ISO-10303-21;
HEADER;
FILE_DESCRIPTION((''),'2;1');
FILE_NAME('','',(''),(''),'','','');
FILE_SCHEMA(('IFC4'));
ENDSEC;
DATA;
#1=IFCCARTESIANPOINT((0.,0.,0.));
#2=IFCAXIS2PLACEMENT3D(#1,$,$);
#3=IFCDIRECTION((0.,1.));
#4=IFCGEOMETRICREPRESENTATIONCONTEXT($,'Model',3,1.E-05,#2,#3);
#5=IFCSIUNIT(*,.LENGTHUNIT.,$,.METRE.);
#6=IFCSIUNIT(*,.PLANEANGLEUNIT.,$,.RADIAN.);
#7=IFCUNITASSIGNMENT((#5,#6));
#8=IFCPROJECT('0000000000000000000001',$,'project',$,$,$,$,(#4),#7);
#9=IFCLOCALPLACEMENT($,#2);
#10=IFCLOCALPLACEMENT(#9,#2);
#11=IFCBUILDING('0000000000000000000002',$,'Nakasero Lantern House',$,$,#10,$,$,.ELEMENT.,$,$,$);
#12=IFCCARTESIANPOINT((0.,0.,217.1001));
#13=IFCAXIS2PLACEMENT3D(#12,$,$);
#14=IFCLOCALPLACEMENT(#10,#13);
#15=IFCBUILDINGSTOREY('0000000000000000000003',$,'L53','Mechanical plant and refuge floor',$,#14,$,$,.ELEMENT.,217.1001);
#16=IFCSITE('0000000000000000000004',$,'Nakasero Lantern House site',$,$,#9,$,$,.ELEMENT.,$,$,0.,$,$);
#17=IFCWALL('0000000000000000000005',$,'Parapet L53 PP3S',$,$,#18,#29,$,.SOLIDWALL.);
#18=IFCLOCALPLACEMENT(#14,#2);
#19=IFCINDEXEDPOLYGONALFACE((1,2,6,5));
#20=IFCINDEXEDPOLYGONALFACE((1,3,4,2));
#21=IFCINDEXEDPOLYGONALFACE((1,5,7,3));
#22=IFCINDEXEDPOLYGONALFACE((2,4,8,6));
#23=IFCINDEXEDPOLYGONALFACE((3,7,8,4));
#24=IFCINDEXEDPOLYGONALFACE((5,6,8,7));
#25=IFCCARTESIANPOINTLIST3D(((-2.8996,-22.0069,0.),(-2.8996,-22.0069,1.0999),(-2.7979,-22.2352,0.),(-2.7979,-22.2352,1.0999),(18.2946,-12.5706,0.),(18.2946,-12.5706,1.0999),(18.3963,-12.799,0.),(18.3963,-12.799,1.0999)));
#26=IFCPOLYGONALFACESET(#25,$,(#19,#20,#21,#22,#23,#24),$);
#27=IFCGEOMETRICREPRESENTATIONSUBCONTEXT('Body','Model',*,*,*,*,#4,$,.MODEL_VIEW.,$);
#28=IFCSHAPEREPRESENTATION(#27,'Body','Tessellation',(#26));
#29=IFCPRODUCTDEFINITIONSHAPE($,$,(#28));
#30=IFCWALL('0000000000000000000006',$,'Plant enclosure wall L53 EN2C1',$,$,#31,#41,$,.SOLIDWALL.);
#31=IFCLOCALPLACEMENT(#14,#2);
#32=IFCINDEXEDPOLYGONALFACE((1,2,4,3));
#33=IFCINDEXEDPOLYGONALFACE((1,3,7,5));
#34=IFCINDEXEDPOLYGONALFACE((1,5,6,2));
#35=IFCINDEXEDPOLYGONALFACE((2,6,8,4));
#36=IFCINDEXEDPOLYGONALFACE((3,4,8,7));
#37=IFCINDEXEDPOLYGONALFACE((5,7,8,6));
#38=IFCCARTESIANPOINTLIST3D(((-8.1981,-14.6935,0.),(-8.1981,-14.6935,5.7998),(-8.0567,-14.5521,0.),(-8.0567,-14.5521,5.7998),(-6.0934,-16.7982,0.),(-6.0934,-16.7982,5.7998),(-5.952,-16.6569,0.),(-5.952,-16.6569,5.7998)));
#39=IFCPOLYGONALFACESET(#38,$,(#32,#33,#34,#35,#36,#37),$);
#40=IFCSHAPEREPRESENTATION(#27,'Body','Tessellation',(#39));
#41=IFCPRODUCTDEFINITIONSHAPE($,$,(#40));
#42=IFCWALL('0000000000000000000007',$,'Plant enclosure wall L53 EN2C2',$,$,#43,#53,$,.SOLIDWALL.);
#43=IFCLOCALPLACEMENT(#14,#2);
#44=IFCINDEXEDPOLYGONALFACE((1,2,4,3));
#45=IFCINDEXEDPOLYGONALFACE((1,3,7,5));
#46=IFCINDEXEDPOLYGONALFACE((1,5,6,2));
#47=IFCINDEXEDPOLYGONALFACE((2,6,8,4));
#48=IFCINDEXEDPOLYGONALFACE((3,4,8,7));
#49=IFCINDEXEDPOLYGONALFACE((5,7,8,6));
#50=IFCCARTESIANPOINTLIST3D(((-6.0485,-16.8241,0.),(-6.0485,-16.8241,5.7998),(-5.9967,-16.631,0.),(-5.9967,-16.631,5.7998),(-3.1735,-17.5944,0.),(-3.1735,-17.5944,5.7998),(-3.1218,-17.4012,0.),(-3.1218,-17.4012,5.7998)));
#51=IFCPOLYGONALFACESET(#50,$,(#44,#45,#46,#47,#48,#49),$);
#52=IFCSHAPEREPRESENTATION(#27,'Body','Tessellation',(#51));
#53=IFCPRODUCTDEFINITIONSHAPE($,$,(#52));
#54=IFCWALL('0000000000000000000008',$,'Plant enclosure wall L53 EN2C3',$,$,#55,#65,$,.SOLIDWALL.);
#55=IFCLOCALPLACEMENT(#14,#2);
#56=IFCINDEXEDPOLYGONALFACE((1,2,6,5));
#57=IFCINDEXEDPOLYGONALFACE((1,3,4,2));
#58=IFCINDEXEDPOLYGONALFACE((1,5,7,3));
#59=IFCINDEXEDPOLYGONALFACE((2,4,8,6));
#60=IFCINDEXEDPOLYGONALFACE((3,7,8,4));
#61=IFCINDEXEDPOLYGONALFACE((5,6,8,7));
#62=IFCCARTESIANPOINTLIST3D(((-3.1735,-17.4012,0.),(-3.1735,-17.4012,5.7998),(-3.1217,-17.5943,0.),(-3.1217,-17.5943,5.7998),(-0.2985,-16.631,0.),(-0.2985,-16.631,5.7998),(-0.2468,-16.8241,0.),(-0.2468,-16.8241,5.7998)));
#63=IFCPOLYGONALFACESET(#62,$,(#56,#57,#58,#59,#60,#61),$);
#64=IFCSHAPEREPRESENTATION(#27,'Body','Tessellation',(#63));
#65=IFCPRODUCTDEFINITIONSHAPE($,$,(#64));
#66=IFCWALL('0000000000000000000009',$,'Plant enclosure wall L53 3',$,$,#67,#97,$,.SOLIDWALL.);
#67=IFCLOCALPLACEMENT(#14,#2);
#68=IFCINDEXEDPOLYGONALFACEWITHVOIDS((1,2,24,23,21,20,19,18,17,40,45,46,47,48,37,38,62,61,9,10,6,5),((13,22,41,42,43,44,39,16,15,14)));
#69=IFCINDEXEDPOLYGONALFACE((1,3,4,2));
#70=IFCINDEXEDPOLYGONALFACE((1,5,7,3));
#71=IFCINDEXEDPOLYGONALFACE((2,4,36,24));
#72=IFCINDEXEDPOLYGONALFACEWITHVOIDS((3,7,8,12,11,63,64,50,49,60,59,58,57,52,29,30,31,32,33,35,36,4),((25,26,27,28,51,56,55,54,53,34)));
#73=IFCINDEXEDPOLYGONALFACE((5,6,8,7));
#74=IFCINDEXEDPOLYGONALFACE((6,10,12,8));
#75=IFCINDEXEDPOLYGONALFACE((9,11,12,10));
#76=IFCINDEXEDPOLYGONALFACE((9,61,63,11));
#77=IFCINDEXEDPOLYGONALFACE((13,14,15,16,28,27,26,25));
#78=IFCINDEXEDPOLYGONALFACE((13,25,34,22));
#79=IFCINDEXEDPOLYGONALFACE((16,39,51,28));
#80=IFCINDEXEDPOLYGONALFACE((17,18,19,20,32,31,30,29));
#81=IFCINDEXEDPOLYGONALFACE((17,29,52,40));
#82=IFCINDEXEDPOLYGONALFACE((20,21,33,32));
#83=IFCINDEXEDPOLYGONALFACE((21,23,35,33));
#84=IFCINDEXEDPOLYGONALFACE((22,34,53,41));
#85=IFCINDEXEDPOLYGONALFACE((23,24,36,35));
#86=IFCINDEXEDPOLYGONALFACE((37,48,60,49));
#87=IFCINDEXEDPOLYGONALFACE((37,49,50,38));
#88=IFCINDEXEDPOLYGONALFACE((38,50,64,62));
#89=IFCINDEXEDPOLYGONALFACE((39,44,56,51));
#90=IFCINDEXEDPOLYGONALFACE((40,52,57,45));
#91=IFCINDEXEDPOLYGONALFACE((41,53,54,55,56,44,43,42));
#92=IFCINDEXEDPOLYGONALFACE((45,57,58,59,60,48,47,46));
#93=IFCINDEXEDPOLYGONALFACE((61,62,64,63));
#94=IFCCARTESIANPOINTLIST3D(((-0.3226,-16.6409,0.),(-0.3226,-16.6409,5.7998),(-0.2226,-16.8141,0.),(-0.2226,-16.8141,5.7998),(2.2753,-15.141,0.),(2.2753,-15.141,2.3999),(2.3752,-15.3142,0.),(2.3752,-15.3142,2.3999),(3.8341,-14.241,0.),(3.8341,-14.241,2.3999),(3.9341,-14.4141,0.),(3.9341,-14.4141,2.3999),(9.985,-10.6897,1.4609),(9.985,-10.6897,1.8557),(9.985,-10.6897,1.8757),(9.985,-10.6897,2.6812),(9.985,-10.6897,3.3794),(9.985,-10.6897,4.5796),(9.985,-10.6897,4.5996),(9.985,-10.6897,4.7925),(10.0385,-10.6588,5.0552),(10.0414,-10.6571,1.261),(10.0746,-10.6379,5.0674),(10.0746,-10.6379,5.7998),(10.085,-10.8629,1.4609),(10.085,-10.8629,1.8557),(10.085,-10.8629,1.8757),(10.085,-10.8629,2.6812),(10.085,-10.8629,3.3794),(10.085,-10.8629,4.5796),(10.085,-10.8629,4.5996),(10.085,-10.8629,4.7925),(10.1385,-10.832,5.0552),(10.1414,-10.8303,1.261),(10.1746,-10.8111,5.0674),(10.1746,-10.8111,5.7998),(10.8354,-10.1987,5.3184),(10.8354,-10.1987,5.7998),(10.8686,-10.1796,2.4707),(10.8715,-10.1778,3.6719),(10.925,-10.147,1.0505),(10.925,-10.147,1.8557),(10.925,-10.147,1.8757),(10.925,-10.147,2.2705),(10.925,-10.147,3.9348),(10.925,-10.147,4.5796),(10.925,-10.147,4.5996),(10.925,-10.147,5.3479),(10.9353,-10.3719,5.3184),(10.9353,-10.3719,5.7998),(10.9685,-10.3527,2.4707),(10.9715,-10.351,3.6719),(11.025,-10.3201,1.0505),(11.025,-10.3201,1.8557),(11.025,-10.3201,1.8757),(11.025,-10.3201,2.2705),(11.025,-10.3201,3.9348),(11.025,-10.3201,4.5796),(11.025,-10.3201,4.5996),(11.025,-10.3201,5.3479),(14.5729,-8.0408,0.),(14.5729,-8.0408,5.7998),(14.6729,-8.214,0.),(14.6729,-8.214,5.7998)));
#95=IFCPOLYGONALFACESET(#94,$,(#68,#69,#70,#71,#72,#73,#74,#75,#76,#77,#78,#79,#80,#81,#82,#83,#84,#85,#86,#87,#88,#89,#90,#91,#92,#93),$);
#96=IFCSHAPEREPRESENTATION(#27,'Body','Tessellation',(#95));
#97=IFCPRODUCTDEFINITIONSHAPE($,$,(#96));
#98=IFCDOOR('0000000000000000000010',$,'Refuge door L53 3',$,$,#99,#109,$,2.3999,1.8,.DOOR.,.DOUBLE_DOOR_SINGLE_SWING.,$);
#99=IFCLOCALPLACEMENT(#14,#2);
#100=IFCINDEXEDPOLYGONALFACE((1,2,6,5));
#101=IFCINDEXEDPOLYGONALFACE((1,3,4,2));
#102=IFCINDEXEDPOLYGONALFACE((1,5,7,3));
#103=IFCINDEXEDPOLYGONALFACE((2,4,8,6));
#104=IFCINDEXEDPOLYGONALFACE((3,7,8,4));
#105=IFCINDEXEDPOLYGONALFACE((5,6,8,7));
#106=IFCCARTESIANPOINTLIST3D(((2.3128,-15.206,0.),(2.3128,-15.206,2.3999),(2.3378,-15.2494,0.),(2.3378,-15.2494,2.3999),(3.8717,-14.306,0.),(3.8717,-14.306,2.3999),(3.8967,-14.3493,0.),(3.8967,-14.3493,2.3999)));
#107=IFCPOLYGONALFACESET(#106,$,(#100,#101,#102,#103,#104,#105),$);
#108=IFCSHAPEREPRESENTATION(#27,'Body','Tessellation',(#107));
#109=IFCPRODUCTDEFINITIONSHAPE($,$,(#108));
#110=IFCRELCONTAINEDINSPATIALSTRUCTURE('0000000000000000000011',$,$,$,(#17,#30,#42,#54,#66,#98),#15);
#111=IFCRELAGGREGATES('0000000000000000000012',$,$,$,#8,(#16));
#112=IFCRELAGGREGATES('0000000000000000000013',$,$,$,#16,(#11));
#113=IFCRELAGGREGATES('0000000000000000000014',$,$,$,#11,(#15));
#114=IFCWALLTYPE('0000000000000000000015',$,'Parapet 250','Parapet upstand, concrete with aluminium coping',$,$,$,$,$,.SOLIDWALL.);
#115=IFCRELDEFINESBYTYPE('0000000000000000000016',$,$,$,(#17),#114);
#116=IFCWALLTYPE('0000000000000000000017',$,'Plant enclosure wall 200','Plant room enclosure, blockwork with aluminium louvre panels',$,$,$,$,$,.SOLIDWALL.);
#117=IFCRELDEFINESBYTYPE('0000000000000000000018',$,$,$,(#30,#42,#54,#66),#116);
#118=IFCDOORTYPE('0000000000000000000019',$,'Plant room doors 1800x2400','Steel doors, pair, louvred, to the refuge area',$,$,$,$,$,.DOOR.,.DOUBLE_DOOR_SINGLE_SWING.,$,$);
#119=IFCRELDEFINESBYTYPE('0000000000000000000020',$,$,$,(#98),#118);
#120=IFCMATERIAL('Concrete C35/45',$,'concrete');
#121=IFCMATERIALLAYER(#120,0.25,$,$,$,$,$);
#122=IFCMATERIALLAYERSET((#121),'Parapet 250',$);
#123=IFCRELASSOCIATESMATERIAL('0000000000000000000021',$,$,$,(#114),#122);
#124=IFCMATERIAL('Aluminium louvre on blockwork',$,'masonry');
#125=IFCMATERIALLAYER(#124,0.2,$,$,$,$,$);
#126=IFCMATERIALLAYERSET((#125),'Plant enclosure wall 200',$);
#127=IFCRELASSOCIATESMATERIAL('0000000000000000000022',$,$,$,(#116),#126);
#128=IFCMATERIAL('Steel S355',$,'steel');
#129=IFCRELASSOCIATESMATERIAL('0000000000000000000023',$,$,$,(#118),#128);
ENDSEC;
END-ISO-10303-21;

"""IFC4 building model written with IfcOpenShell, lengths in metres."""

from ifc_helpers import new_model, si_unit, direction, frame, frame_2d, origin, place, context, subcontext, project, spatial, polyline, rectangle, outline, extrude, material, layer, layer_set, type_object, element, fill, save


model = new_model("IFC4")

# Units and contexts
model_context = context("Model", 3, precision=1e-05, world=origin(), true_north=direction((0.0, 1.0)))
body_context = subcontext(model_context, "Body", "Model", "MODEL_VIEW")
ifc_project = project(units=[si_unit("LENGTHUNIT", "METRE"), si_unit("PLANEANGLEUNIT", "RADIAN")], contexts=[model_context])

# Site, building, storey
site_placement = place(None, origin())
site = spatial("IfcSite", under=ifc_project, at=site_placement, Name="Nakasero Lantern House site", CompositionType="ELEMENT", RefElevation=0.0)
building_placement = place(site_placement, origin())
building = spatial("IfcBuilding", under=site, at=building_placement, Name="Nakasero Lantern House", CompositionType="ELEMENT")
storey_placement = place(building_placement, frame((0.0, 0.0, 217.1001)))
storey = spatial("IfcBuildingStorey", under=building, at=storey_placement, Name="L53", Description="Mechanical plant and refuge floor", CompositionType="ELEMENT", Elevation=217.1001)

# Walls
ifc_material_1 = material(Name="Concrete C35/45", Category="concrete")
ifc_layer_1 = layer(ifc_material_1, 0.25)
ifc_layer_set_1 = layer_set([ifc_layer_1], Name="Parapet 250")
wall_type_1 = type_object("IfcWallType", Name="Parapet 250", Description="Parapet upstand, concrete with aluminium coping", PredefinedType="SOLIDWALL", material=ifc_layer_set_1)
wall_1_placement = place(storey_placement, frame((-2.8489, -22.1211, 0.0), z_axis=(0.0, 0.0, 1.0), x_axis=(0.913546, 0.406735, 0.0)))
element("IfcWall", 1, at=wall_1_placement, inside=storey, type_object=wall_type_1, Name="Parapet L53 PP3S", PredefinedType="SOLIDWALL", context=body_context, shape_type="SweptSolid", body=[
    extrude(rectangle(XDim=23.2, YDim=0.25, at=frame_2d((11.6001, 0.0))), origin(), (0.0, 0.0, 1.0), 1.0999),
])
ifc_material_2 = material(Name="Aluminium louvre on blockwork", Category="masonry")
ifc_layer_2 = layer(ifc_material_2, 0.2)
ifc_layer_set_2 = layer_set([ifc_layer_2], Name="Plant enclosure wall 200")
wall_type_2 = type_object("IfcWallType", Name="Plant enclosure wall 200", Description="Plant room enclosure, blockwork with aluminium louvre panels", PredefinedType="SOLIDWALL", material=ifc_layer_set_2)
wall_2_placement = place(storey_placement, frame((-8.1274, -14.6228, 0.0), z_axis=(0.0, 0.0, 1.0), x_axis=(0.707107, -0.707107, 0.0)))
element("IfcWall", 2, at=wall_2_placement, inside=storey, type_object=wall_type_2, Name="Plant enclosure wall L53 EN2C1", PredefinedType="SOLIDWALL", context=body_context, shape_type="SweptSolid", body=[
    extrude(rectangle(XDim=2.9766, YDim=0.2, at=frame_2d((1.4883, 0.0))), origin(), (0.0, 0.0, 1.0), 5.7998),
])
for number, where, z_axis, x_axis, name in (
    (3, (-6.0227, -16.7275, 0.0), (0.0, 0.0, 1.0), (0.965933, -0.258791, 0.0), "Plant enclosure wall L53 EN2C2"),
    (4, (-3.1477, -17.4978, 0.0), (0.0, 0.0, 1.0), (0.965933, 0.258791, 0.0), "Plant enclosure wall L53 EN2C3"),
):
    element("IfcWall", number, at=place(storey_placement, frame(where, z_axis=z_axis, x_axis=x_axis)), inside=storey, type_object=wall_type_2, Name=name, PredefinedType="SOLIDWALL", context=body_context, shape_type="SweptSolid", body=[
        extrude(rectangle(XDim=2.9763, YDim=0.2, at=frame_2d((1.4883, 0.0))), origin(), (0.0, 0.0, 1.0), 5.7998),
    ])

# Wall, openings, door
wall_3_placement = place(storey_placement, frame((-0.2727, -16.7275, 0.0), z_axis=(0.0, 0.0, 1.0), x_axis=(0.866021, 0.500008, 0.0)))
wall_3 = element("IfcWall", 5, at=wall_3_placement, inside=storey, type_object=wall_type_2, Name="Plant enclosure wall L53 3", PredefinedType="SOLIDWALL", context=body_context, shape_type="SweptSolid", body=[
    extrude(rectangle(XDim=17.2, YDim=0.2, at=frame_2d((8.6001, 0.0))), origin(), (0.0, 0.0, 1.0), 5.7998),
])
opening_1_placement = place(wall_3_placement, frame((3.0, 0.0, 0.0)))
opening_1 = element("IfcOpeningElement", 6, at=opening_1_placement, cuts=wall_3, PredefinedType="OPENING", context=body_context, shape_type="SweptSolid", body=[
    extrude(rectangle(XDim=1.8, YDim=2.3999, at=frame_2d((0.8999, 1.2))), frame((0.0, 0.1199, 0.0), z_axis=(0.0, -1.0, 0.0), x_axis=(1.0, 0.0, 0.0)), (0.0, 0.0, 1.0), 0.24),
])
opening_2_placement = place(wall_3_placement, origin())
element("IfcOpeningElement", 7, at=opening_2_placement, cuts=wall_3, PredefinedType="OPENING", context=body_context, shape_type="SweptSolid", body=[
    extrude(outline(polyline([(11.9023, 1.8757), (11.9023, 1.4609), (11.9675, 1.261), (12.9878, 1.0505), (12.9878, 1.8757), (11.9023, 1.8757)])), frame((0.0, 0.1199, 0.0), z_axis=(0.0, -1.0, 0.0), x_axis=(1.0, 0.0, 0.0)), (0.0, 0.0, 1.0), 0.24),
])
opening_3_placement = place(wall_3_placement, origin())
element("IfcOpeningElement", 8, at=opening_3_placement, cuts=wall_3, PredefinedType="OPENING", context=body_context, shape_type="SweptSolid", body=[
    extrude(outline(polyline([(11.9023, 2.6812), (11.9023, 1.8557), (12.9878, 1.8557), (12.9878, 2.2705), (12.9226, 2.4707), (11.9023, 2.6812)])), frame((0.0, 0.1199, 0.0), z_axis=(0.0, -1.0, 0.0), x_axis=(1.0, 0.0, 0.0)), (0.0, 0.0, 1.0), 0.24),
])
opening_4_placement = place(wall_3_placement, origin())
element("IfcOpeningElement", 9, at=opening_4_placement, cuts=wall_3, PredefinedType="OPENING", context=body_context, shape_type="SweptSolid", body=[
    extrude(outline(polyline([(12.9878, 3.9348), (12.9878, 4.5996), (11.9023, 4.5996), (11.9023, 3.3794), (12.926, 3.6719), (12.9878, 3.9348)])), frame((0.0, 0.1199, 0.0), z_axis=(0.0, -1.0, 0.0), x_axis=(1.0, 0.0, 0.0)), (0.0, 0.0, 1.0), 0.24),
])
opening_5_placement = place(wall_3_placement, origin())
element("IfcOpeningElement", 10, at=opening_5_placement, cuts=wall_3, PredefinedType="OPENING", context=body_context, shape_type="SweptSolid", body=[
    extrude(outline(polyline([(12.0059, 5.8), (12.0059, 5.0674), (11.9641, 5.0552), (11.9023, 4.7925), (11.9023, 4.5796), (12.9878, 4.5796), (12.9878, 5.3479), (12.8843, 5.3184), (12.8843, 5.8), (12.0059, 5.8)])), frame((0.0, 0.1199, 0.0), z_axis=(0.0, -1.0, 0.0), x_axis=(1.0, 0.0, 0.0)), (0.0, 0.0, 1.0), 0.24),
])
ifc_material_3 = material(Name="Steel S355", Category="steel")
door_type_1 = type_object("IfcDoorType", Name="Plant room doors 1800x2400", Description="Steel doors, pair, louvred, to the refuge area", OperationType="DOUBLE_DOOR_SINGLE_SWING", PredefinedType="DOOR", material=ifc_material_3)
door_1_placement = place(opening_1_placement, origin())
door_1 = element("IfcDoor", 11, at=door_1_placement, inside=storey, type_object=door_type_1, Name="Refuge door L53 3", OperationType="DOUBLE_DOOR_SINGLE_SWING", OverallHeight=2.3999, OverallWidth=1.8, PredefinedType="DOOR", context=body_context, shape_type="SweptSolid", body=[
    extrude(rectangle(XDim=1.8, YDim=2.3999, at=frame_2d((0.8999, 1.2))), frame((0.0, 0.0249, 0.0), z_axis=(0.0, -1.0, 0.0), x_axis=(1.0, 0.0, 0.0)), (0.0, 0.0, 1.0), 0.05),
])
fill(opening_1, door_1)

save(model, "model.ifc")
